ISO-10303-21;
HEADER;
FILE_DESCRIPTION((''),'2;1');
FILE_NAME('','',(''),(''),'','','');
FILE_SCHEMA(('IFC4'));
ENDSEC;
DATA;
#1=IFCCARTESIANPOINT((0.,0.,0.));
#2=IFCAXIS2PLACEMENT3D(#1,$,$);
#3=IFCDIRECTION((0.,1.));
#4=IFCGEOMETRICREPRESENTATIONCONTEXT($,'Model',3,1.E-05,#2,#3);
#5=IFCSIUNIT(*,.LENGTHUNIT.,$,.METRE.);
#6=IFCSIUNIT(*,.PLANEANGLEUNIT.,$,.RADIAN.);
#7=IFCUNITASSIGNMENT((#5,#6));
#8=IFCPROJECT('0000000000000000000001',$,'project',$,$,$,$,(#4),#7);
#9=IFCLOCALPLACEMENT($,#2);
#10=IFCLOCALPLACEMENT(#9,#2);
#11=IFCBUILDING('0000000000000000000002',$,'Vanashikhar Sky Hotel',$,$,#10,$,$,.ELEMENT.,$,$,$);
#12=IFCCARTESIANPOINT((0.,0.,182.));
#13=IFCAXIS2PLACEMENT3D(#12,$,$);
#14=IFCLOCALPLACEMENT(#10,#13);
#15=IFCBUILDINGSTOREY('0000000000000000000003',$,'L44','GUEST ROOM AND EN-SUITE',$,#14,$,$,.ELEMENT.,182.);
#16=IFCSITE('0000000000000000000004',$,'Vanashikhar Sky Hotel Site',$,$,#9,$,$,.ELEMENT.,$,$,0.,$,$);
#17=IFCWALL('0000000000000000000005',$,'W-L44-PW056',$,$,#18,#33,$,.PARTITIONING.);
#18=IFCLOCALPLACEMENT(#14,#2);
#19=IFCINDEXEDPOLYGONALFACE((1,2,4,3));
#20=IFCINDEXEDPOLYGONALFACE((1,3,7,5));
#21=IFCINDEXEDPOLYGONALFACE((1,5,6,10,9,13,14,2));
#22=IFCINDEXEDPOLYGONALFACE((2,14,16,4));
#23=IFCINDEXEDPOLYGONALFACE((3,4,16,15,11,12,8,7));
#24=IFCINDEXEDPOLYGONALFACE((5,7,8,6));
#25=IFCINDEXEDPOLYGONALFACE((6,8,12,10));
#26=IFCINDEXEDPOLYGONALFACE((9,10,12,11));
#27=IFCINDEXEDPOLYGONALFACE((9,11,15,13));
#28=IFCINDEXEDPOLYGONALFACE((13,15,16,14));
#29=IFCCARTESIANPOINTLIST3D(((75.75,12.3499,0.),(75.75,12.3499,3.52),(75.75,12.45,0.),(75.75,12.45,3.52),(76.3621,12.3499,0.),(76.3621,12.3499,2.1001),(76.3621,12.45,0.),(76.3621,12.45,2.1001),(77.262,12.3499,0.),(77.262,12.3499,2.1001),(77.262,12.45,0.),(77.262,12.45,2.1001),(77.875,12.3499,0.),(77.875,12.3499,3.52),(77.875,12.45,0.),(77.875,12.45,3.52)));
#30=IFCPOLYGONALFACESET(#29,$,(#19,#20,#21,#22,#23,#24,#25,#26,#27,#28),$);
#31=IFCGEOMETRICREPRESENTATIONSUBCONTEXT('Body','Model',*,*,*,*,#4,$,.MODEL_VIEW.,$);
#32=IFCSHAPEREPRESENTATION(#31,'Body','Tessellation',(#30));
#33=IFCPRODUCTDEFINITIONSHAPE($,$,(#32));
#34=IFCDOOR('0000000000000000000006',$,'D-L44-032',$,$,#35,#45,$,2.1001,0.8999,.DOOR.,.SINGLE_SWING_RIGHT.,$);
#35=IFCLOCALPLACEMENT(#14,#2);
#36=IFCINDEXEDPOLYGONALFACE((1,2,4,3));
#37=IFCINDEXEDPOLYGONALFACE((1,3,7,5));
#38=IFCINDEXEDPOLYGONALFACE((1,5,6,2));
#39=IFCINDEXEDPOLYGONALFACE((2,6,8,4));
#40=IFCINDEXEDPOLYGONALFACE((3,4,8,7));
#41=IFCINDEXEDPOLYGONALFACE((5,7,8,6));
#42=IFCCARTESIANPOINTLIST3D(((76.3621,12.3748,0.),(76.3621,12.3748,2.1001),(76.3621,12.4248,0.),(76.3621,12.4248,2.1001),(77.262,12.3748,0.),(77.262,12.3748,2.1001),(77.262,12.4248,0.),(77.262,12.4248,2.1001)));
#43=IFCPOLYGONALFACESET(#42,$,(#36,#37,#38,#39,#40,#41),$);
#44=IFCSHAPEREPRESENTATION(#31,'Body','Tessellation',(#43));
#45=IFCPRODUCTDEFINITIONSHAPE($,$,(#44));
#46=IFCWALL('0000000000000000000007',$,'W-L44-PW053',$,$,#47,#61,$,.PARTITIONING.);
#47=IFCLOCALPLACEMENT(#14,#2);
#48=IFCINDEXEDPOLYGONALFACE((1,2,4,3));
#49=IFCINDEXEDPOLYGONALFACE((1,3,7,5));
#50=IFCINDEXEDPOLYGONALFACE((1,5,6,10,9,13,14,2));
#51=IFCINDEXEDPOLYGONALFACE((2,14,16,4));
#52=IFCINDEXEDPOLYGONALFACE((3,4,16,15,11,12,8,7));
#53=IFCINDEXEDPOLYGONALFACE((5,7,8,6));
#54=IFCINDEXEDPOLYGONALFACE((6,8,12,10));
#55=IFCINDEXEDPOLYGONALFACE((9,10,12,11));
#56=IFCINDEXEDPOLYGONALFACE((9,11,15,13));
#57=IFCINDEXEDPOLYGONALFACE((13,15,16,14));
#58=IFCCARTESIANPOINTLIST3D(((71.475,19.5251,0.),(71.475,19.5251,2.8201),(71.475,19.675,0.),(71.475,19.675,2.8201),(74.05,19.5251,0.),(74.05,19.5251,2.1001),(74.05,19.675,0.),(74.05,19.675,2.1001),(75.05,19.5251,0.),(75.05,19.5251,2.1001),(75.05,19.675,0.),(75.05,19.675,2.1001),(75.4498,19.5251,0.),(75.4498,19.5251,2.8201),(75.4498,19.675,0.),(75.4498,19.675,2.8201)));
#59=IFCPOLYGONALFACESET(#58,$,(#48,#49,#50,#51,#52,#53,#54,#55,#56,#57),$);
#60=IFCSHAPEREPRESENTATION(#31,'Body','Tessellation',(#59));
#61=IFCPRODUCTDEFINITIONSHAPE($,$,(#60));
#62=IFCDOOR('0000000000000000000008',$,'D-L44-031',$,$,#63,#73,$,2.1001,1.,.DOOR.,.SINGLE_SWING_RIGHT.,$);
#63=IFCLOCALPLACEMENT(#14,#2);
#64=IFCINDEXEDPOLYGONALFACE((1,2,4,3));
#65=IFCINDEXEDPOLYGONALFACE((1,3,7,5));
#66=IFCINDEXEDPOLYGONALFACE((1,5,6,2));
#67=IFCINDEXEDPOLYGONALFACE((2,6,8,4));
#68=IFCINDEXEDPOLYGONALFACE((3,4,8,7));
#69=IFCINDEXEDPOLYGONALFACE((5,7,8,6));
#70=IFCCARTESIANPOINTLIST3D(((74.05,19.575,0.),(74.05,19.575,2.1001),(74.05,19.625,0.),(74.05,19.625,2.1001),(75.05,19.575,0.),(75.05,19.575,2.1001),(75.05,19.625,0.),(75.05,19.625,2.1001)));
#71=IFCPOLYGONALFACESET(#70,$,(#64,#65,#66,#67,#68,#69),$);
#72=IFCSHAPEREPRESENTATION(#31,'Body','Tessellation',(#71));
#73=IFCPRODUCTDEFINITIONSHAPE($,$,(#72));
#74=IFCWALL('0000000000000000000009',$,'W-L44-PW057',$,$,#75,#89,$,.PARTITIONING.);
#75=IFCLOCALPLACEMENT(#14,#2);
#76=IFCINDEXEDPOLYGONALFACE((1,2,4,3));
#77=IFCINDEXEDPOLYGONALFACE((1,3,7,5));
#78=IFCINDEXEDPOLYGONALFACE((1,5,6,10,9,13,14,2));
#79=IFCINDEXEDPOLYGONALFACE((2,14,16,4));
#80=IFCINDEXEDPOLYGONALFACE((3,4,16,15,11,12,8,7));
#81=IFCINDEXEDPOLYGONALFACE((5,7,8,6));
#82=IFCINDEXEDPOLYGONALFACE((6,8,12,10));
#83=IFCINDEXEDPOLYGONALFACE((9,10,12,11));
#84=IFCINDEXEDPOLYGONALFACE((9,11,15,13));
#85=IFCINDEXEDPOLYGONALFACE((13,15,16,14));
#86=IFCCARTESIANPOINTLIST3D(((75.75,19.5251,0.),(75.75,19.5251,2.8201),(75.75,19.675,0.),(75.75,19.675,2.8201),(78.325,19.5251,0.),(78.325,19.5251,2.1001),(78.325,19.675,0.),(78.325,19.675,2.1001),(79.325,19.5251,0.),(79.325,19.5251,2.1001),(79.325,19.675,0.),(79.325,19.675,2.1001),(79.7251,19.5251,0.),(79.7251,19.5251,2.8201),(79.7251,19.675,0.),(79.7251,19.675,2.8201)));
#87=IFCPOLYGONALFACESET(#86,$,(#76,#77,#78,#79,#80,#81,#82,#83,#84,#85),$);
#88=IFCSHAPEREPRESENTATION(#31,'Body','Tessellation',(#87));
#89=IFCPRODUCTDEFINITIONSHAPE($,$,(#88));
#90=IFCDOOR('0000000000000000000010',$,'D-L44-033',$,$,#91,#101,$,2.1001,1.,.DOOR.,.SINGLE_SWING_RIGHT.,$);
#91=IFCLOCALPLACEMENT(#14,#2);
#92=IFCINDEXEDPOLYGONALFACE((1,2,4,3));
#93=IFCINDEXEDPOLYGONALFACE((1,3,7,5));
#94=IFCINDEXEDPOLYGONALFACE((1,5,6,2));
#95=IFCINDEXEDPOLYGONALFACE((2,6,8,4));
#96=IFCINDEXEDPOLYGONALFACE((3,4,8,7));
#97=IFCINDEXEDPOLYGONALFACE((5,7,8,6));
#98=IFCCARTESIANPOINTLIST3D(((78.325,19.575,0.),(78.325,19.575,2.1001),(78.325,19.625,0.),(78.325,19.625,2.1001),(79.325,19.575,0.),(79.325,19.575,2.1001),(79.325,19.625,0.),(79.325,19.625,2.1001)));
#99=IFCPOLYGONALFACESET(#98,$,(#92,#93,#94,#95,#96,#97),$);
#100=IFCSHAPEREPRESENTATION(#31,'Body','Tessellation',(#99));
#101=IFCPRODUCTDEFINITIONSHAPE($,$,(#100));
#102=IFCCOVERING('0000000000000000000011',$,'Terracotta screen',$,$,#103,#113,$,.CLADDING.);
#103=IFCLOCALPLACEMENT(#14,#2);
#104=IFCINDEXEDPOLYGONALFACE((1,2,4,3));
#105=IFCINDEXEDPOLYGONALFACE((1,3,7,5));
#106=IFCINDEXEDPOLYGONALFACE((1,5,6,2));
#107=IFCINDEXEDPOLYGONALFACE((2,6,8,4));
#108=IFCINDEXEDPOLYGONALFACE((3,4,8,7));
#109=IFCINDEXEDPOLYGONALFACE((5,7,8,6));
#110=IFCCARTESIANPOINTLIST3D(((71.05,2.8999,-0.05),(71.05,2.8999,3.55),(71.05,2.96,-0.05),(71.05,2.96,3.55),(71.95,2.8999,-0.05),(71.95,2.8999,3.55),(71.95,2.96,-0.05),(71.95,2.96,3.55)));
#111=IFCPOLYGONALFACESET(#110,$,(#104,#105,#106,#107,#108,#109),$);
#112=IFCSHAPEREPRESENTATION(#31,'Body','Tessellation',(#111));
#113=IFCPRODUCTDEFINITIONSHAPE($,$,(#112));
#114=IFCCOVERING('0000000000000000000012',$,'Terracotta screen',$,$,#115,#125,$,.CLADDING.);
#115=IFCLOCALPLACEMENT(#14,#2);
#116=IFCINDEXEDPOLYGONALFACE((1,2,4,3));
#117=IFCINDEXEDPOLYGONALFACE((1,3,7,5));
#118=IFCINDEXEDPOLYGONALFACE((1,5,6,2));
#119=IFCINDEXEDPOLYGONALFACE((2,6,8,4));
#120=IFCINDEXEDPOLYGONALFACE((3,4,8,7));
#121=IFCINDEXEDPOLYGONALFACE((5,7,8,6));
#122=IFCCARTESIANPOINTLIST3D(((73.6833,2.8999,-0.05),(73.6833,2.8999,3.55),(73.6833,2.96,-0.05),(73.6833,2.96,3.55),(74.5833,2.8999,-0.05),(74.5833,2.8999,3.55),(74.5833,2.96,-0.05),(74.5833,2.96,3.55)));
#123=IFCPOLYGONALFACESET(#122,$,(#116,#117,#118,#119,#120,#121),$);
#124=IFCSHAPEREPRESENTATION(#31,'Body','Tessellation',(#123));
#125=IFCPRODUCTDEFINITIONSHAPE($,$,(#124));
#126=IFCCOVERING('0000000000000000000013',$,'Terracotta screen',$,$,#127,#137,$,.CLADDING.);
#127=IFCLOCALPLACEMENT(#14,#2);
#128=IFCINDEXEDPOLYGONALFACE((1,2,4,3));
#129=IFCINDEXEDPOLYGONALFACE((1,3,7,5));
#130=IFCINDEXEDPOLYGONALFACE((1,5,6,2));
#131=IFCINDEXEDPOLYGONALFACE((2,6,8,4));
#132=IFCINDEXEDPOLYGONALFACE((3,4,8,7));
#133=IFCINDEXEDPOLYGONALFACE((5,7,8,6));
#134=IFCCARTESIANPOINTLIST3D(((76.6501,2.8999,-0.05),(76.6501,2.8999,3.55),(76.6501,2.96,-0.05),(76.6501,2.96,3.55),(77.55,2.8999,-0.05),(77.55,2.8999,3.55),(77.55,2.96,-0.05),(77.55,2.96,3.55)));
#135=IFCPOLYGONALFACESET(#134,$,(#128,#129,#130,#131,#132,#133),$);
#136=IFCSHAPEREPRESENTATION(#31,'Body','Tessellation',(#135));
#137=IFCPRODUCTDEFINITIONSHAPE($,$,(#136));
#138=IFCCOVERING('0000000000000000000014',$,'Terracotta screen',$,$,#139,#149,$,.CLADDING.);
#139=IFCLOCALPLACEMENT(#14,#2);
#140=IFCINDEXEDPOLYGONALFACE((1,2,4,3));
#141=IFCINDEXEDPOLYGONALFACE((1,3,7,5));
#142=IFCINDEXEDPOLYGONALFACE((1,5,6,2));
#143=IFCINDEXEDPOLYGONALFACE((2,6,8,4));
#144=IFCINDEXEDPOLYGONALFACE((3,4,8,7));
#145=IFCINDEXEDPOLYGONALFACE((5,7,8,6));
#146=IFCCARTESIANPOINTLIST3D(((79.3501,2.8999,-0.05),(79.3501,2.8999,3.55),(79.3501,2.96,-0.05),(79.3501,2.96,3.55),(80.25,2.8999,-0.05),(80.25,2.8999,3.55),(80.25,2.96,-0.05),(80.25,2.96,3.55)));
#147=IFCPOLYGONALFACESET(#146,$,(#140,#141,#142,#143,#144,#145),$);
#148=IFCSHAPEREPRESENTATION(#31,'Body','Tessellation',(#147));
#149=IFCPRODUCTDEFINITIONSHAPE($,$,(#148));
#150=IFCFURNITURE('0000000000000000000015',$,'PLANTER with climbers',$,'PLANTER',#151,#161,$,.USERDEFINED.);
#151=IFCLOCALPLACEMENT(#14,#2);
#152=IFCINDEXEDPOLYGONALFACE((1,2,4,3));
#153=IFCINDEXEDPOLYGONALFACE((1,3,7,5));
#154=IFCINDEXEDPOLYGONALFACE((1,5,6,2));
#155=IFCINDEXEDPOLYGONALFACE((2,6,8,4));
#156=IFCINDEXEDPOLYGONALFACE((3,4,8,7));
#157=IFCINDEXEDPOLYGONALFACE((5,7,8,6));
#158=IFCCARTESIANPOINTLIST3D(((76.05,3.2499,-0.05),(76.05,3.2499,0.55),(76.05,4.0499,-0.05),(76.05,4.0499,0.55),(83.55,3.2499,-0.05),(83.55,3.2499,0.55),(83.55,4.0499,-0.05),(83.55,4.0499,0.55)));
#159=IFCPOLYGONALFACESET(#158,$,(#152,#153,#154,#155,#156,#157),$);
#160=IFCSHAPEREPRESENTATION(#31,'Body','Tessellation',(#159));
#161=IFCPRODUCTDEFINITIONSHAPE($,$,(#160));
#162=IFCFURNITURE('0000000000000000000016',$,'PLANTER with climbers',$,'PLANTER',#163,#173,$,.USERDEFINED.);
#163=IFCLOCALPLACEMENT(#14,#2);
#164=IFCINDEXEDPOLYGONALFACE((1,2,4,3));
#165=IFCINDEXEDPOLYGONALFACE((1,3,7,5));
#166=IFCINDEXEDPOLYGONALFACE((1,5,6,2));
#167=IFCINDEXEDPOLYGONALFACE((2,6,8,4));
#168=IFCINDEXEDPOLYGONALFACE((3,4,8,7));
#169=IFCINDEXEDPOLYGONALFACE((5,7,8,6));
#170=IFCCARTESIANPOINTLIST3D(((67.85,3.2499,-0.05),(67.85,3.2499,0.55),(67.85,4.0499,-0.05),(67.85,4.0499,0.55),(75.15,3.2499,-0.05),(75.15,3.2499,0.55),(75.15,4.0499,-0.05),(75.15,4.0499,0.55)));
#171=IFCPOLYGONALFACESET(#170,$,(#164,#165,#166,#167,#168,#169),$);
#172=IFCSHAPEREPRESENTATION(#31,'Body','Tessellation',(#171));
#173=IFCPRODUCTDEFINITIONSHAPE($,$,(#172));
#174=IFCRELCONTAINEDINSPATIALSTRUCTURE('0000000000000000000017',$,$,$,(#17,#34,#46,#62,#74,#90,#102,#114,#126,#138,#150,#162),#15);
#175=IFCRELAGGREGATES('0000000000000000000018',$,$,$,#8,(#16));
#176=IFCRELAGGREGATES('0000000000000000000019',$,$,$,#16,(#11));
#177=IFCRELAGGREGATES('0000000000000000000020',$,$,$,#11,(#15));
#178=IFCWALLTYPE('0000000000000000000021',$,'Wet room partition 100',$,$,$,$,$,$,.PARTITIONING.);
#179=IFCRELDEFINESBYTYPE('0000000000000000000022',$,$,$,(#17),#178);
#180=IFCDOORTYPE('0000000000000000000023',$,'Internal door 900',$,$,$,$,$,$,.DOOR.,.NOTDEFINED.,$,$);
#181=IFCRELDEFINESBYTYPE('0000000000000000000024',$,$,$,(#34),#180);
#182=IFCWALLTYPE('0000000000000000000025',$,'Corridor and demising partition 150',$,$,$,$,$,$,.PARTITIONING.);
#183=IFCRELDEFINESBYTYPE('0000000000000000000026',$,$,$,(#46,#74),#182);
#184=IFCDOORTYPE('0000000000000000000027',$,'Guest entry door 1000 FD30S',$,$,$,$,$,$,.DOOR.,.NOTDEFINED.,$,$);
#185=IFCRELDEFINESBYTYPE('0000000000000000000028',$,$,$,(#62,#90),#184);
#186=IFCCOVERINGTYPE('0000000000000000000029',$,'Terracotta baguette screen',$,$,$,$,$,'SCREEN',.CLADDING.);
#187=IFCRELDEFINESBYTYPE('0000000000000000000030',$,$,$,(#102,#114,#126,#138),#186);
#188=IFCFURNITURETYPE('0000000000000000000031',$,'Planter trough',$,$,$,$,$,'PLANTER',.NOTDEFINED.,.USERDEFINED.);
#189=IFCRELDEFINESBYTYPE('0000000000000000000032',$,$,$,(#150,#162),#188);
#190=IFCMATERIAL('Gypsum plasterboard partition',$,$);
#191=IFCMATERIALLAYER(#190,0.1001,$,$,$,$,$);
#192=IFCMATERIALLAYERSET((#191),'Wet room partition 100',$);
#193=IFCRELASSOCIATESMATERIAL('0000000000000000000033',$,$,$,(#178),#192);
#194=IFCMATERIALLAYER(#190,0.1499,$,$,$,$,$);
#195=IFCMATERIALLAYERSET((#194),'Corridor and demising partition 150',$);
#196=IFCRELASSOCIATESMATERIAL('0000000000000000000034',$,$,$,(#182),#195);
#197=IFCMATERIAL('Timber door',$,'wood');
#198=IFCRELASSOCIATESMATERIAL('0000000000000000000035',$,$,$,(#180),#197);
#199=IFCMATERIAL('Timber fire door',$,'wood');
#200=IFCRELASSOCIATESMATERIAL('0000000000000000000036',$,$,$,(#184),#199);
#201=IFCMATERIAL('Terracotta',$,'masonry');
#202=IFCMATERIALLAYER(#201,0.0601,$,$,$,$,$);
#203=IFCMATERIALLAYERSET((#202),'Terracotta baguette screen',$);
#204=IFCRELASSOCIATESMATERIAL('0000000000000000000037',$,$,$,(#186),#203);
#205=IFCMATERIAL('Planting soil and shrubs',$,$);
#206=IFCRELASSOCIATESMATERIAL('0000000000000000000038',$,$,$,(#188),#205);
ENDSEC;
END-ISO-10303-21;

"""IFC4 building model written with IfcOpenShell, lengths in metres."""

from ifc_helpers import new_model, si_unit, direction, frame, frame_2d, origin, origin_2d, place, context, subcontext, project, spatial, rectangle, extrude, source, transform, mapped, material, layer, layer_set, type_object, element, fill, save


model = new_model("IFC4")

# Units and contexts
model_context = context("Model", 3, precision=1e-05, world=origin(), true_north=direction((0.0, 1.0)))
body_context = subcontext(model_context, "Body", "Model", "MODEL_VIEW")
ifc_project = project(units=[si_unit("LENGTHUNIT", "METRE"), si_unit("PLANEANGLEUNIT", "RADIAN")], contexts=[model_context])

# Site, building, storey
site_placement = place(None, origin())
site = spatial("IfcSite", under=ifc_project, at=site_placement, Name="Vanashikhar Sky Hotel Site", CompositionType="ELEMENT", RefElevation=0.0)
building_placement = place(site_placement, origin())
building = spatial("IfcBuilding", under=site, at=building_placement, Name="Vanashikhar Sky Hotel", CompositionType="ELEMENT")
storey_placement = place(building_placement, frame((0.0, 0.0, 182.0)))
storey = spatial("IfcBuildingStorey", under=building, at=storey_placement, Name="L44", Description="GUEST ROOM AND EN-SUITE", CompositionType="ELEMENT", Elevation=182.0)

# Shared definitions
ifc_material_1 = material(Name="Gypsum plasterboard partition")
ifc_layer_1 = layer(ifc_material_1, 0.1001)
ifc_layer_set_1 = layer_set([ifc_layer_1], Name="Wet room partition 100")
wall_type_1 = type_object("IfcWallType", Name="Wet room partition 100", PredefinedType="PARTITIONING", material=ifc_layer_set_1)
ifc_layer_2 = layer(ifc_material_1, 0.1499)
ifc_layer_set_2 = layer_set([ifc_layer_2], Name="Corridor and demising partition 150")
wall_type_2 = type_object("IfcWallType", Name="Corridor and demising partition 150", PredefinedType="PARTITIONING", material=ifc_layer_set_2)

# Walls, openings, doors
shared_shape_1 = source(origin(), body_context, "Body", "SweptSolid", [
    extrude(rectangle(XDim=2.125, YDim=0.1001, at=frame_2d((1.0625, 0.0))), origin(), (0.0, 0.0, 1.0), 3.52),
])
shared_shape_2 = source(origin(), body_context, "Body", "SweptSolid", [
    extrude(rectangle(XDim=0.8999, YDim=2.1001, at=frame_2d((0.45, 1.05))), frame((0.0, 0.0601, 0.0), z_axis=(0.0, -1.0, 0.0), x_axis=(1.0, 0.0, 0.0)), (0.0, 0.0, 1.0), 0.1201),
])
ifc_material_2 = material(Name="Timber door", Category="wood")
door_type_1 = type_object("IfcDoorType", Name="Internal door 900", OperationType="NOTDEFINED", PredefinedType="DOOR", material=ifc_material_2)
shared_shape_3 = source(origin(), body_context, "Body", "SweptSolid", [
    extrude(rectangle(XDim=0.8999, YDim=2.1001, at=frame_2d((0.45, 1.05))), frame((0.0, 0.0249, 0.0), z_axis=(0.0, -1.0, 0.0), x_axis=(1.0, 0.0, 0.0)), (0.0, 0.0, 1.0), 0.05),
])
wall_1_placement = place(storey_placement, frame((75.75, 12.3999, 0.0), z_axis=(0.0, 0.0, 1.0), x_axis=(1.0, 0.0, 0.0)))
wall_1 = element("IfcWall", 1, at=wall_1_placement, inside=storey, type_object=wall_type_1, Name="W-L44-PW056", PredefinedType="PARTITIONING", context=body_context, shape_type="MappedRepresentation", body=[
    mapped(shared_shape_1, transform((0.0, 0.0, 0.0), scale=1.0)),
])
opening_1_placement = place(wall_1_placement, frame((0.6121, 0.0, 0.0)))
opening_1 = element("IfcOpeningElement", 2, at=opening_1_placement, cuts=wall_1, PredefinedType="OPENING", context=body_context, shape_type="MappedRepresentation", body=[
    mapped(shared_shape_2, transform((0.0, 0.0, 0.0), scale=1.0)),
])
door_1_placement = place(opening_1_placement, origin())
door_1 = element("IfcDoor", 3, at=door_1_placement, inside=storey, type_object=door_type_1, Name="D-L44-032", OperationType="SINGLE_SWING_RIGHT", OverallHeight=2.1001, OverallWidth=0.8999, PredefinedType="DOOR", context=body_context, shape_type="MappedRepresentation", body=[
    mapped(shared_shape_3, transform((0.0, 0.0, 0.0), scale=1.0)),
])
fill(opening_1, door_1)
shared_shape_4 = source(origin(), body_context, "Body", "SweptSolid", [
    extrude(rectangle(XDim=3.9749, YDim=0.1499, at=frame_2d((1.9873, 0.0))), origin(), (0.0, 0.0, 1.0), 2.8201),
])
wall_2_placement = place(storey_placement, frame((71.4751, 19.6001, 0.0), z_axis=(0.0, 0.0, 1.0), x_axis=(1.0, 0.0, 0.0)))
wall_2 = element("IfcWall", 4, at=wall_2_placement, inside=storey, type_object=wall_type_2, Name="W-L44-PW053", PredefinedType="PARTITIONING", context=body_context, shape_type="MappedRepresentation", body=[
    mapped(shared_shape_4, transform((0.0, 0.0, 0.0), scale=1.0)),
])
shared_shape_5 = source(origin(), body_context, "Body", "SweptSolid", [
    extrude(rectangle(XDim=1.0, YDim=2.1001, at=frame_2d((0.5, 1.05))), frame((0.0, 0.085, 0.0), z_axis=(0.0, -1.0, 0.0), x_axis=(1.0, 0.0, 0.0)), (0.0, 0.0, 1.0), 0.1699),
])
opening_2_placement = place(wall_2_placement, frame((2.575, 0.0, 0.0)))
opening_2 = element("IfcOpeningElement", 5, at=opening_2_placement, cuts=wall_2, PredefinedType="OPENING", context=body_context, shape_type="MappedRepresentation", body=[
    mapped(shared_shape_5, transform((0.0, 0.0, 0.0), scale=1.0)),
])
ifc_material_3 = material(Name="Timber fire door", Category="wood")
door_type_2 = type_object("IfcDoorType", Name="Guest entry door 1000 FD30S", OperationType="NOTDEFINED", PredefinedType="DOOR", material=ifc_material_3)
shared_shape_6 = source(origin(), body_context, "Body", "SweptSolid", [
    extrude(rectangle(XDim=1.0, YDim=2.1001, at=frame_2d((0.5, 1.05))), frame((0.0, 0.0249, 0.0), z_axis=(0.0, -1.0, 0.0), x_axis=(1.0, 0.0, 0.0)), (0.0, 0.0, 1.0), 0.05),
])
door_2_placement = place(opening_2_placement, origin())
door_2 = element("IfcDoor", 6, at=door_2_placement, inside=storey, type_object=door_type_2, Name="D-L44-031", OperationType="SINGLE_SWING_RIGHT", OverallHeight=2.1001, OverallWidth=1.0, PredefinedType="DOOR", context=body_context, shape_type="MappedRepresentation", body=[
    mapped(shared_shape_6, transform((0.0, 0.0, 0.0), scale=1.0)),
])
fill(opening_2, door_2)
shared_shape_7 = source(origin(), body_context, "Body", "SweptSolid", [
    extrude(rectangle(XDim=3.9751, YDim=0.1499, at=frame_2d((1.9875, 0.0))), origin(), (0.0, 0.0, 1.0), 2.8201),
])
wall_3_placement = place(storey_placement, frame((75.75, 19.6001, 0.0), z_axis=(0.0, 0.0, 1.0), x_axis=(1.0, 0.0, 0.0)))
wall_3 = element("IfcWall", 7, at=wall_3_placement, inside=storey, type_object=wall_type_2, Name="W-L44-PW057", PredefinedType="PARTITIONING", context=body_context, shape_type="MappedRepresentation", body=[
    mapped(shared_shape_7, transform((0.0, 0.0, 0.0), scale=1.0)),
])
opening_3_placement = place(wall_3_placement, frame((2.575, 0.0, 0.0)))
opening_3 = element("IfcOpeningElement", 8, at=opening_3_placement, cuts=wall_3, PredefinedType="OPENING", context=body_context, shape_type="MappedRepresentation", body=[
    mapped(shared_shape_5, transform((0.0, 0.0, 0.0), scale=1.0)),
])
door_3_placement = place(opening_3_placement, origin())
door_3 = element("IfcDoor", 9, at=door_3_placement, inside=storey, type_object=door_type_2, Name="D-L44-033", OperationType="SINGLE_SWING_RIGHT", OverallHeight=2.1001, OverallWidth=1.0, PredefinedType="DOOR", context=body_context, shape_type="MappedRepresentation", body=[
    mapped(shared_shape_6, transform((0.0, 0.0, 0.0), scale=1.0)),
])
fill(opening_3, door_3)

# Coverings
ifc_material_4 = material(Name="Terracotta", Category="masonry")
ifc_layer_3 = layer(ifc_material_4, 0.0601)
ifc_layer_set_3 = layer_set([ifc_layer_3], Name="Terracotta baguette screen")
covering_type = type_object("IfcCoveringType", Name="Terracotta baguette screen", ElementType="SCREEN", PredefinedType="CLADDING", material=ifc_layer_set_3)
shared_shape_8 = source(origin(), body_context, "Body", "SweptSolid", [
    extrude(rectangle(XDim=0.8999, YDim=0.0601, at=origin_2d()), origin(), (0.0, 0.0, 1.0), 3.6001),
])
for number, where, z_axis, x_axis, name in (
    (10, (71.5, 2.9299, -0.05), (0.0, 0.0, 1.0), (1.0, 0.0, 0.0), "Terracotta screen"),
    (11, (74.1333, 2.9299, -0.05), (0.0, 0.0, 1.0), (1.0, 0.0, 0.0), "Terracotta screen"),
    (12, (77.1001, 2.9299, -0.05), (0.0, 0.0, 1.0), (1.0, 0.0, 0.0), "Terracotta screen"),
    (13, (79.8, 2.9299, -0.05), (0.0, 0.0, 1.0), (1.0, 0.0, 0.0), "Terracotta screen"),
):
    element("IfcCovering", number, at=place(storey_placement, frame(where, z_axis=z_axis, x_axis=x_axis)), inside=storey, type_object=covering_type, Name=name, PredefinedType="CLADDING", context=body_context, shape_type="MappedRepresentation", body=[
        mapped(shared_shape_8, transform((0.0, 0.0, 0.0), scale=1.0)),
    ])

# Furniture
ifc_material_5 = material(Name="Planting soil and shrubs")
furniture_type = type_object("IfcFurnitureType", Name="Planter trough", ElementType="PLANTER", AssemblyPlace="NOTDEFINED", PredefinedType="USERDEFINED", material=ifc_material_5)
shared_shape_9 = source(origin(), body_context, "Body", "SweptSolid", [
    extrude(rectangle(XDim=7.5, YDim=0.8, at=origin_2d()), origin(), (0.0, 0.0, 1.0), 0.6001),
])
furniture_1_placement = place(storey_placement, frame((79.8, 3.6499, -0.05), z_axis=(0.0, 0.0, 1.0), x_axis=(1.0, 0.0, 0.0)))
element("IfcFurniture", 14, at=furniture_1_placement, inside=storey, type_object=furniture_type, Name="PLANTER with climbers", ObjectType="PLANTER", PredefinedType="USERDEFINED", context=body_context, shape_type="MappedRepresentation", body=[
    mapped(shared_shape_9, transform((0.0, 0.0, 0.0), scale=1.0)),
])
shared_shape_10 = source(origin(), body_context, "Body", "SweptSolid", [
    extrude(rectangle(XDim=7.3, YDim=0.8, at=origin_2d()), origin(), (0.0, 0.0, 1.0), 0.6001),
])
furniture_2_placement = place(storey_placement, frame((71.5, 3.6499, -0.05), z_axis=(0.0, 0.0, 1.0), x_axis=(1.0, 0.0, 0.0)))
element("IfcFurniture", 15, at=furniture_2_placement, inside=storey, type_object=furniture_type, Name="PLANTER with climbers", ObjectType="PLANTER", PredefinedType="USERDEFINED", context=body_context, shape_type="MappedRepresentation", body=[
    mapped(shared_shape_10, transform((0.0, 0.0, 0.0), scale=1.0)),
])

save(model, "model.ifc")
